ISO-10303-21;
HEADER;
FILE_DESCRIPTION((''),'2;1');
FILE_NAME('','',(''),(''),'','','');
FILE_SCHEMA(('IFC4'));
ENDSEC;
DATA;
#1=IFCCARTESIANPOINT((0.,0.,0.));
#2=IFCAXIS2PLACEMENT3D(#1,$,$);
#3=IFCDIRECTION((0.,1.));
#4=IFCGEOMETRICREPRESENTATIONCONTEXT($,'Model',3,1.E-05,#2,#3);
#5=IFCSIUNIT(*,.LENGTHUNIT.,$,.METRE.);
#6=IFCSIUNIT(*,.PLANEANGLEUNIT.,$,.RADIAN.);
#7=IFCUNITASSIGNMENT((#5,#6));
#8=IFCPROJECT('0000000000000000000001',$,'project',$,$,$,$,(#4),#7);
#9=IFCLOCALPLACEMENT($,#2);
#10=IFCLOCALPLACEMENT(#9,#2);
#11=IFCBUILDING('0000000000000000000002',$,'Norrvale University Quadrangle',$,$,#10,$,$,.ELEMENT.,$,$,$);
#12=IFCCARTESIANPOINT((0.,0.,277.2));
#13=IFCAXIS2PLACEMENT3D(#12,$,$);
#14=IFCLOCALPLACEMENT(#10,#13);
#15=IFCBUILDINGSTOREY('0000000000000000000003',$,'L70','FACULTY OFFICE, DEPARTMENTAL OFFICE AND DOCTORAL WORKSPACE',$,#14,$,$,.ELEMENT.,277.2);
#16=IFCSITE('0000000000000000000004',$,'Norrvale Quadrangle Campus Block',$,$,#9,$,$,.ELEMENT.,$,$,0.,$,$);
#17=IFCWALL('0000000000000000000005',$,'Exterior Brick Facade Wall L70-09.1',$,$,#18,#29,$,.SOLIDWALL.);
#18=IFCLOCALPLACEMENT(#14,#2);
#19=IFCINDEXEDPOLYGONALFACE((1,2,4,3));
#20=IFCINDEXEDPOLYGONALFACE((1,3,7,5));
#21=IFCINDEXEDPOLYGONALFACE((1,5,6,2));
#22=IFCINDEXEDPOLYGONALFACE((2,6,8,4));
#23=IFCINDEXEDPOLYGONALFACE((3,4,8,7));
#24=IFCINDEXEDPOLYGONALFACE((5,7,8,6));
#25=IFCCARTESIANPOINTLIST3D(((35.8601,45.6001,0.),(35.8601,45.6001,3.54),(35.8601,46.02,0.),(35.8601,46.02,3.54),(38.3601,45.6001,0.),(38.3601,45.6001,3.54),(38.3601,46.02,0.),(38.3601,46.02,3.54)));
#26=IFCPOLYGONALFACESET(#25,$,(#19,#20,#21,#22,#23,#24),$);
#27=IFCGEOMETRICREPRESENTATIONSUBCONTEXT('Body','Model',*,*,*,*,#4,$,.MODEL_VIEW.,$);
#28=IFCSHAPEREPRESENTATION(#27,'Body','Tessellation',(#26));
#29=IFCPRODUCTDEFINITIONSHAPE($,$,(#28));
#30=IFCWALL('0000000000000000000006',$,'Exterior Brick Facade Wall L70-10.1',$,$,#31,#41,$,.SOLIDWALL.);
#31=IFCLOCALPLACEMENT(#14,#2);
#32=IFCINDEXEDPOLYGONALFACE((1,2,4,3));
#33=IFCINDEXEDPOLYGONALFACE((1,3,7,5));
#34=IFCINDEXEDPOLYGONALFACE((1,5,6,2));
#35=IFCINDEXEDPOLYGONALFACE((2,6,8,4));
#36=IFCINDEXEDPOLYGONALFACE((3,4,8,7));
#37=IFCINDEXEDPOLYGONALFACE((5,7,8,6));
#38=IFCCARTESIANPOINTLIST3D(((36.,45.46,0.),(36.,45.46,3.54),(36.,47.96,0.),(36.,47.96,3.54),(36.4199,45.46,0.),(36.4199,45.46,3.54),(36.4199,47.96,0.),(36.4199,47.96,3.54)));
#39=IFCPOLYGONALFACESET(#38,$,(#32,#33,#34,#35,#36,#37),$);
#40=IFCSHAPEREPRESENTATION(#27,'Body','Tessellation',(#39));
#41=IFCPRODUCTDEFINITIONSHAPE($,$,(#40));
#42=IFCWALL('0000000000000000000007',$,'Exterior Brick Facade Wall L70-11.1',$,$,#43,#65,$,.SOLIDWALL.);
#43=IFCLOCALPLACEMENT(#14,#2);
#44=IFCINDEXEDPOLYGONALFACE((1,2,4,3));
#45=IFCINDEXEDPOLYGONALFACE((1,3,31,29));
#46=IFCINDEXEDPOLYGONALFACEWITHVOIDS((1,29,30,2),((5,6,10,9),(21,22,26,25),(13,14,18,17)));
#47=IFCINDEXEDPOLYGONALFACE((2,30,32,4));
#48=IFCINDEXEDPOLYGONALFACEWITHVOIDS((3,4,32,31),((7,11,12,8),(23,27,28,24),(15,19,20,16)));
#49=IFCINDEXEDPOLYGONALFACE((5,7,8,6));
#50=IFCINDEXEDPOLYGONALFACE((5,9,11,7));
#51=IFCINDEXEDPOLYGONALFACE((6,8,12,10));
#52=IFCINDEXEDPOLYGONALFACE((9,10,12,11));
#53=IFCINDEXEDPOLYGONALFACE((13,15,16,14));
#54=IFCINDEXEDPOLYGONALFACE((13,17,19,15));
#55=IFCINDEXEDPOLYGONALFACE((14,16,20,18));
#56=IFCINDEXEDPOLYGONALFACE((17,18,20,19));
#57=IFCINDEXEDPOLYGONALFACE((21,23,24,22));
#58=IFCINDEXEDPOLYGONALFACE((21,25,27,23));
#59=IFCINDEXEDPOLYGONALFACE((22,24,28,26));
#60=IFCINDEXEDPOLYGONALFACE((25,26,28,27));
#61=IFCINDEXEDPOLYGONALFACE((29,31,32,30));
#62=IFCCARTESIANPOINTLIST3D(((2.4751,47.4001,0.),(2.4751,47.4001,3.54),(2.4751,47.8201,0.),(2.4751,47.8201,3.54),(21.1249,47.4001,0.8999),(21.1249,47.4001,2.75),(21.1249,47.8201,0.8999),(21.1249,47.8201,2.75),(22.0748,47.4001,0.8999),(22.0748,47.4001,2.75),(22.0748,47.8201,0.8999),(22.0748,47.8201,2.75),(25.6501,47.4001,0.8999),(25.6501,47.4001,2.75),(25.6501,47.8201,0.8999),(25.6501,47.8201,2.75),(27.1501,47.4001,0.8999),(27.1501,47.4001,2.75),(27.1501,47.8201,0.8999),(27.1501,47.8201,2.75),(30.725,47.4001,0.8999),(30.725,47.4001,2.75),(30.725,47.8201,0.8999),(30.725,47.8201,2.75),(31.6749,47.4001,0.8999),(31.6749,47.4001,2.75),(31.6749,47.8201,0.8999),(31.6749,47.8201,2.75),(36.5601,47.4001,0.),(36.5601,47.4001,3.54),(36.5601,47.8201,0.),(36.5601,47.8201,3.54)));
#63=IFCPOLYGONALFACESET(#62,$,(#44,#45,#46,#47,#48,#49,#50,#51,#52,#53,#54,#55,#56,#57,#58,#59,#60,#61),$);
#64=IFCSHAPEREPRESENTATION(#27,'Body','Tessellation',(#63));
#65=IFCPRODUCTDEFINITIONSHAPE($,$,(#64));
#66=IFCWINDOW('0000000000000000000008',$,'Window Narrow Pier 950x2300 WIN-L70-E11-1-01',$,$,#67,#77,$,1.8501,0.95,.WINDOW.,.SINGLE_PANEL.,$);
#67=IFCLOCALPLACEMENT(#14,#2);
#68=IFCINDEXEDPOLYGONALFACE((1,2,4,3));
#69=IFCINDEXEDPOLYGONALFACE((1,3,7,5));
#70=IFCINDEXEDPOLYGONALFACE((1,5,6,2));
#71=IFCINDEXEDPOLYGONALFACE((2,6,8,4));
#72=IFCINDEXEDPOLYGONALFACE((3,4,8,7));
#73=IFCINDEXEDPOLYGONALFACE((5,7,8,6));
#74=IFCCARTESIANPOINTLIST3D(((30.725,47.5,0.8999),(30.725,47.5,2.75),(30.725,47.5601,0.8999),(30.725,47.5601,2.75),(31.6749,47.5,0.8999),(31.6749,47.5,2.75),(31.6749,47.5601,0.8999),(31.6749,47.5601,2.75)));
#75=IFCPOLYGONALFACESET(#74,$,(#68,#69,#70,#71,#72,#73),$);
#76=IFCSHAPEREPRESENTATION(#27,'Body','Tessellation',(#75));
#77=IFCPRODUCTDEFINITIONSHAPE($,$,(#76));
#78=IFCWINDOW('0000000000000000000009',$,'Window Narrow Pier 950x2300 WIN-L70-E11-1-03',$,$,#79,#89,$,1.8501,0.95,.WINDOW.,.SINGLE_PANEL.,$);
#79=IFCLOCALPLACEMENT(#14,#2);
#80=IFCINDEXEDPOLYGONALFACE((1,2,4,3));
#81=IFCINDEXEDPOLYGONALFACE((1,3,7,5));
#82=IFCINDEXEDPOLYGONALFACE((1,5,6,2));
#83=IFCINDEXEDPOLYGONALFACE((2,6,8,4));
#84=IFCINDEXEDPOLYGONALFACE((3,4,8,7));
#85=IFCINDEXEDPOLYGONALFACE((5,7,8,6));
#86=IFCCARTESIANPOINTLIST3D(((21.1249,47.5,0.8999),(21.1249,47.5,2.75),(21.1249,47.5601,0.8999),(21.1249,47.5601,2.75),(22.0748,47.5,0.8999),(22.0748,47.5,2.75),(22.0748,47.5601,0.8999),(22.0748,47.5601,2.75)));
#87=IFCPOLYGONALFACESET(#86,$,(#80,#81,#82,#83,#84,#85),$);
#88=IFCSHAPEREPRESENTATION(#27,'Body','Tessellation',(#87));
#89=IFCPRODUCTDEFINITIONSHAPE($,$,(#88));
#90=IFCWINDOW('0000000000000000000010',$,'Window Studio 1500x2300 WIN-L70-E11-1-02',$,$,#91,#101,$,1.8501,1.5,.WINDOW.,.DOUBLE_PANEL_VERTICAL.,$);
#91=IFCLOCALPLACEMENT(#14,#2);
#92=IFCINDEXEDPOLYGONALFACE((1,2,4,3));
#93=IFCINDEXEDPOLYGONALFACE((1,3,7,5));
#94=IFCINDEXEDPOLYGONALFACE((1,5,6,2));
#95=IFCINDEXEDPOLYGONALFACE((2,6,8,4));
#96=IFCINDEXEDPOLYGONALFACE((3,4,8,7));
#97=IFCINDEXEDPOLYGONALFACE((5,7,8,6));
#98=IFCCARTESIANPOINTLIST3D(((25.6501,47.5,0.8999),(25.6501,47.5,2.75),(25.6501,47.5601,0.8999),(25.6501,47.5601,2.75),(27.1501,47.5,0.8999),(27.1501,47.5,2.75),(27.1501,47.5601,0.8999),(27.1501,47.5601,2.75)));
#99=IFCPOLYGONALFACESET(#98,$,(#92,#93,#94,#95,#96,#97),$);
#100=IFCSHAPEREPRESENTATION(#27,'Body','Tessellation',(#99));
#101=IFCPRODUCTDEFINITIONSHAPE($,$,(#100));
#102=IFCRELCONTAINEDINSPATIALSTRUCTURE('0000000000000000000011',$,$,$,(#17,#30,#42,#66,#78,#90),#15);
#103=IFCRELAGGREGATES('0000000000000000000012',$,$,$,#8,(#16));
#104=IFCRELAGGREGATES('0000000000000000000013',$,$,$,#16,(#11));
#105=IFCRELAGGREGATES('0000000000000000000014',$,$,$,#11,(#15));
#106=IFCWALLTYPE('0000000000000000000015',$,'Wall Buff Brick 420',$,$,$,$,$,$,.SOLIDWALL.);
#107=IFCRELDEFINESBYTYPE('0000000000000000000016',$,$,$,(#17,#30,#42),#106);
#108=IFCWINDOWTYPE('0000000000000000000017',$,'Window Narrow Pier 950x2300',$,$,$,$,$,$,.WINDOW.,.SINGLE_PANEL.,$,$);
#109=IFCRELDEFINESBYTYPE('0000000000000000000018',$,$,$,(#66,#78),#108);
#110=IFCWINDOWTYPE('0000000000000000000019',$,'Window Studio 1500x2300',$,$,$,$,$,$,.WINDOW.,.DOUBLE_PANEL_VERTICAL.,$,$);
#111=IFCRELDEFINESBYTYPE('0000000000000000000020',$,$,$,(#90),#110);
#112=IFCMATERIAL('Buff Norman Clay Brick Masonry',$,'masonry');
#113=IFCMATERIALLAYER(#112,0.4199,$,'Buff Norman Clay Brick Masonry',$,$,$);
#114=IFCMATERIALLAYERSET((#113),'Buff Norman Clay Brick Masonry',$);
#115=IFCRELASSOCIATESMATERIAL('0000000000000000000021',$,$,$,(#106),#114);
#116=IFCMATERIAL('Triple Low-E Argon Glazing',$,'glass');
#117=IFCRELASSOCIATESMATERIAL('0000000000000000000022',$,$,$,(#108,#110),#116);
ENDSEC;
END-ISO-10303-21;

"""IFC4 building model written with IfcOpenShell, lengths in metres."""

from ifc_helpers import new_model, si_unit, direction, frame, frame_2d, origin, place, context, subcontext, project, spatial, rectangle, extrude, material, layer, layer_set, type_object, element, fill, save


model = new_model("IFC4")

# Units and contexts
model_context = context("Model", 3, precision=1e-05, world=origin(), true_north=direction((0.0, 1.0)))
body_context = subcontext(model_context, "Body", "Model", "MODEL_VIEW")
ifc_project = project(units=[si_unit("LENGTHUNIT", "METRE"), si_unit("PLANEANGLEUNIT", "RADIAN")], contexts=[model_context])

# Site, building, storey
site_placement = place(None, origin())
site = spatial("IfcSite", under=ifc_project, at=site_placement, Name="Norrvale Quadrangle Campus Block", CompositionType="ELEMENT", RefElevation=0.0)
building_placement = place(site_placement, origin())
building = spatial("IfcBuilding", under=site, at=building_placement, Name="Norrvale University Quadrangle", CompositionType="ELEMENT")
storey_placement = place(building_placement, frame((0.0, 0.0, 277.2)))
storey = spatial("IfcBuildingStorey", under=building, at=storey_placement, Name="L70", Description="FACULTY OFFICE, DEPARTMENTAL OFFICE AND DOCTORAL WORKSPACE", CompositionType="ELEMENT", Elevation=277.2)

# Walls
ifc_material_1 = material(Name="Buff Norman Clay Brick Masonry", Category="masonry")
ifc_layer = layer(ifc_material_1, 0.4199, Name="Buff Norman Clay Brick Masonry")
ifc_layer_set = layer_set([ifc_layer], Name="Buff Norman Clay Brick Masonry")
wall_type = type_object("IfcWallType", Name="Wall Buff Brick 420", PredefinedType="SOLIDWALL", material=ifc_layer_set)
for number, where, z_axis, x_axis, name in (
    (1, (38.3601, 45.8101, 0.0), (0.0, 0.0, 1.0), (-1.0, 0.0, 0.0), "Exterior Brick Facade Wall L70-09.1"),
    (2, (36.21, 45.46, 0.0), (0.0, 0.0, 1.0), (0.0, 1.0, 0.0), "Exterior Brick Facade Wall L70-10.1"),
):
    element("IfcWall", number, at=place(storey_placement, frame(where, z_axis=z_axis, x_axis=x_axis)), inside=storey, type_object=wall_type, Name=name, PredefinedType="SOLIDWALL", context=body_context, shape_type="SweptSolid", body=[
        extrude(rectangle(XDim=2.5, YDim=0.4199, at=frame_2d((1.25, 0.0))), origin(), (0.0, 0.0, 1.0), 3.54),
    ])

# Wall, openings, windows
wall_placement = place(storey_placement, frame((36.5601, 47.6101, 0.0), z_axis=(0.0, 0.0, 1.0), x_axis=(-1.0, 0.0, 0.0)))
wall = element("IfcWall", 3, at=wall_placement, inside=storey, type_object=wall_type, Name="Exterior Brick Facade Wall L70-11.1", PredefinedType="SOLIDWALL", context=body_context, shape_type="SweptSolid", body=[
    extrude(rectangle(XDim=34.085, YDim=0.4199, at=frame_2d((17.0425, 0.0))), origin(), (0.0, 0.0, 1.0), 3.54),
])
opening_1_placement = place(wall_placement, frame((4.885, 0.0, 0.8999)))
opening_1 = element("IfcOpeningElement", 4, at=opening_1_placement, cuts=wall, PredefinedType="OPENING", context=body_context, shape_type="SweptSolid", body=[
    extrude(rectangle(XDim=0.95, YDim=1.8501, at=frame_2d((0.4751, 0.925))), frame((0.0, 0.2219, 0.0), z_axis=(0.0, -1.0, 0.0), x_axis=(1.0, 0.0, 0.0)), (0.0, 0.0, 1.0), 0.4438),
])
opening_2_placement = place(wall_placement, frame((9.4099, 0.0, 0.8999)))
opening_2 = element("IfcOpeningElement", 5, at=opening_2_placement, cuts=wall, PredefinedType="OPENING", context=body_context, shape_type="SweptSolid", body=[
    extrude(rectangle(XDim=1.5, YDim=1.8501, at=frame_2d((0.75, 0.925))), frame((0.0, 0.2219, 0.0), z_axis=(0.0, -1.0, 0.0), x_axis=(1.0, 0.0, 0.0)), (0.0, 0.0, 1.0), 0.4438),
])
opening_3_placement = place(wall_placement, frame((14.4851, 0.0, 0.8999)))
opening_3 = element("IfcOpeningElement", 6, at=opening_3_placement, cuts=wall, PredefinedType="OPENING", context=body_context, shape_type="SweptSolid", body=[
    extrude(rectangle(XDim=0.95, YDim=1.8501, at=frame_2d((0.4751, 0.925))), frame((0.0, 0.2219, 0.0), z_axis=(0.0, -1.0, 0.0), x_axis=(1.0, 0.0, 0.0)), (0.0, 0.0, 1.0), 0.4438),
])
ifc_material_2 = material(Name="Triple Low-E Argon Glazing", Category="glass")
window_type_1 = type_object("IfcWindowType", Name="Window Narrow Pier 950x2300", PartitioningType="SINGLE_PANEL", PredefinedType="WINDOW", material=ifc_material_2)
window_1_placement = place(opening_1_placement, origin())
window_1 = element("IfcWindow", 7, at=window_1_placement, inside=storey, type_object=window_type_1, Name="Window Narrow Pier 950x2300 WIN-L70-E11-1-01", OverallHeight=1.8501, OverallWidth=0.95, PartitioningType="SINGLE_PANEL", PredefinedType="WINDOW", context=body_context, shape_type="SweptSolid", body=[
    extrude(rectangle(XDim=0.95, YDim=1.8501, at=frame_2d((0.4751, 0.925))), frame((0.0, 0.1101, 0.0), z_axis=(0.0, -1.0, 0.0), x_axis=(1.0, 0.0, 0.0)), (0.0, 0.0, 1.0), 0.0601),
])
fill(opening_1, window_1)
window_2_placement = place(opening_3_placement, origin())
window_2 = element("IfcWindow", 8, at=window_2_placement, inside=storey, type_object=window_type_1, Name="Window Narrow Pier 950x2300 WIN-L70-E11-1-03", OverallHeight=1.8501, OverallWidth=0.95, PartitioningType="SINGLE_PANEL", PredefinedType="WINDOW", context=body_context, shape_type="SweptSolid", body=[
    extrude(rectangle(XDim=0.95, YDim=1.8501, at=frame_2d((0.4751, 0.925))), frame((0.0, 0.1101, 0.0), z_axis=(0.0, -1.0, 0.0), x_axis=(1.0, 0.0, 0.0)), (0.0, 0.0, 1.0), 0.0601),
])
fill(opening_3, window_2)
window_type_2 = type_object("IfcWindowType", Name="Window Studio 1500x2300", PartitioningType="DOUBLE_PANEL_VERTICAL", PredefinedType="WINDOW", material=ifc_material_2)
window_3_placement = place(opening_2_placement, origin())
window_3 = element("IfcWindow", 9, at=window_3_placement, inside=storey, type_object=window_type_2, Name="Window Studio 1500x2300 WIN-L70-E11-1-02", OverallHeight=1.8501, OverallWidth=1.5, PartitioningType="DOUBLE_PANEL_VERTICAL", PredefinedType="WINDOW", context=body_context, shape_type="SweptSolid", body=[
    extrude(rectangle(XDim=1.5, YDim=1.8501, at=frame_2d((0.75, 0.925))), frame((0.0, 0.1101, 0.0), z_axis=(0.0, -1.0, 0.0), x_axis=(1.0, 0.0, 0.0)), (0.0, 0.0, 1.0), 0.0601),
])
fill(opening_2, window_3)

save(model, "model.ifc")
